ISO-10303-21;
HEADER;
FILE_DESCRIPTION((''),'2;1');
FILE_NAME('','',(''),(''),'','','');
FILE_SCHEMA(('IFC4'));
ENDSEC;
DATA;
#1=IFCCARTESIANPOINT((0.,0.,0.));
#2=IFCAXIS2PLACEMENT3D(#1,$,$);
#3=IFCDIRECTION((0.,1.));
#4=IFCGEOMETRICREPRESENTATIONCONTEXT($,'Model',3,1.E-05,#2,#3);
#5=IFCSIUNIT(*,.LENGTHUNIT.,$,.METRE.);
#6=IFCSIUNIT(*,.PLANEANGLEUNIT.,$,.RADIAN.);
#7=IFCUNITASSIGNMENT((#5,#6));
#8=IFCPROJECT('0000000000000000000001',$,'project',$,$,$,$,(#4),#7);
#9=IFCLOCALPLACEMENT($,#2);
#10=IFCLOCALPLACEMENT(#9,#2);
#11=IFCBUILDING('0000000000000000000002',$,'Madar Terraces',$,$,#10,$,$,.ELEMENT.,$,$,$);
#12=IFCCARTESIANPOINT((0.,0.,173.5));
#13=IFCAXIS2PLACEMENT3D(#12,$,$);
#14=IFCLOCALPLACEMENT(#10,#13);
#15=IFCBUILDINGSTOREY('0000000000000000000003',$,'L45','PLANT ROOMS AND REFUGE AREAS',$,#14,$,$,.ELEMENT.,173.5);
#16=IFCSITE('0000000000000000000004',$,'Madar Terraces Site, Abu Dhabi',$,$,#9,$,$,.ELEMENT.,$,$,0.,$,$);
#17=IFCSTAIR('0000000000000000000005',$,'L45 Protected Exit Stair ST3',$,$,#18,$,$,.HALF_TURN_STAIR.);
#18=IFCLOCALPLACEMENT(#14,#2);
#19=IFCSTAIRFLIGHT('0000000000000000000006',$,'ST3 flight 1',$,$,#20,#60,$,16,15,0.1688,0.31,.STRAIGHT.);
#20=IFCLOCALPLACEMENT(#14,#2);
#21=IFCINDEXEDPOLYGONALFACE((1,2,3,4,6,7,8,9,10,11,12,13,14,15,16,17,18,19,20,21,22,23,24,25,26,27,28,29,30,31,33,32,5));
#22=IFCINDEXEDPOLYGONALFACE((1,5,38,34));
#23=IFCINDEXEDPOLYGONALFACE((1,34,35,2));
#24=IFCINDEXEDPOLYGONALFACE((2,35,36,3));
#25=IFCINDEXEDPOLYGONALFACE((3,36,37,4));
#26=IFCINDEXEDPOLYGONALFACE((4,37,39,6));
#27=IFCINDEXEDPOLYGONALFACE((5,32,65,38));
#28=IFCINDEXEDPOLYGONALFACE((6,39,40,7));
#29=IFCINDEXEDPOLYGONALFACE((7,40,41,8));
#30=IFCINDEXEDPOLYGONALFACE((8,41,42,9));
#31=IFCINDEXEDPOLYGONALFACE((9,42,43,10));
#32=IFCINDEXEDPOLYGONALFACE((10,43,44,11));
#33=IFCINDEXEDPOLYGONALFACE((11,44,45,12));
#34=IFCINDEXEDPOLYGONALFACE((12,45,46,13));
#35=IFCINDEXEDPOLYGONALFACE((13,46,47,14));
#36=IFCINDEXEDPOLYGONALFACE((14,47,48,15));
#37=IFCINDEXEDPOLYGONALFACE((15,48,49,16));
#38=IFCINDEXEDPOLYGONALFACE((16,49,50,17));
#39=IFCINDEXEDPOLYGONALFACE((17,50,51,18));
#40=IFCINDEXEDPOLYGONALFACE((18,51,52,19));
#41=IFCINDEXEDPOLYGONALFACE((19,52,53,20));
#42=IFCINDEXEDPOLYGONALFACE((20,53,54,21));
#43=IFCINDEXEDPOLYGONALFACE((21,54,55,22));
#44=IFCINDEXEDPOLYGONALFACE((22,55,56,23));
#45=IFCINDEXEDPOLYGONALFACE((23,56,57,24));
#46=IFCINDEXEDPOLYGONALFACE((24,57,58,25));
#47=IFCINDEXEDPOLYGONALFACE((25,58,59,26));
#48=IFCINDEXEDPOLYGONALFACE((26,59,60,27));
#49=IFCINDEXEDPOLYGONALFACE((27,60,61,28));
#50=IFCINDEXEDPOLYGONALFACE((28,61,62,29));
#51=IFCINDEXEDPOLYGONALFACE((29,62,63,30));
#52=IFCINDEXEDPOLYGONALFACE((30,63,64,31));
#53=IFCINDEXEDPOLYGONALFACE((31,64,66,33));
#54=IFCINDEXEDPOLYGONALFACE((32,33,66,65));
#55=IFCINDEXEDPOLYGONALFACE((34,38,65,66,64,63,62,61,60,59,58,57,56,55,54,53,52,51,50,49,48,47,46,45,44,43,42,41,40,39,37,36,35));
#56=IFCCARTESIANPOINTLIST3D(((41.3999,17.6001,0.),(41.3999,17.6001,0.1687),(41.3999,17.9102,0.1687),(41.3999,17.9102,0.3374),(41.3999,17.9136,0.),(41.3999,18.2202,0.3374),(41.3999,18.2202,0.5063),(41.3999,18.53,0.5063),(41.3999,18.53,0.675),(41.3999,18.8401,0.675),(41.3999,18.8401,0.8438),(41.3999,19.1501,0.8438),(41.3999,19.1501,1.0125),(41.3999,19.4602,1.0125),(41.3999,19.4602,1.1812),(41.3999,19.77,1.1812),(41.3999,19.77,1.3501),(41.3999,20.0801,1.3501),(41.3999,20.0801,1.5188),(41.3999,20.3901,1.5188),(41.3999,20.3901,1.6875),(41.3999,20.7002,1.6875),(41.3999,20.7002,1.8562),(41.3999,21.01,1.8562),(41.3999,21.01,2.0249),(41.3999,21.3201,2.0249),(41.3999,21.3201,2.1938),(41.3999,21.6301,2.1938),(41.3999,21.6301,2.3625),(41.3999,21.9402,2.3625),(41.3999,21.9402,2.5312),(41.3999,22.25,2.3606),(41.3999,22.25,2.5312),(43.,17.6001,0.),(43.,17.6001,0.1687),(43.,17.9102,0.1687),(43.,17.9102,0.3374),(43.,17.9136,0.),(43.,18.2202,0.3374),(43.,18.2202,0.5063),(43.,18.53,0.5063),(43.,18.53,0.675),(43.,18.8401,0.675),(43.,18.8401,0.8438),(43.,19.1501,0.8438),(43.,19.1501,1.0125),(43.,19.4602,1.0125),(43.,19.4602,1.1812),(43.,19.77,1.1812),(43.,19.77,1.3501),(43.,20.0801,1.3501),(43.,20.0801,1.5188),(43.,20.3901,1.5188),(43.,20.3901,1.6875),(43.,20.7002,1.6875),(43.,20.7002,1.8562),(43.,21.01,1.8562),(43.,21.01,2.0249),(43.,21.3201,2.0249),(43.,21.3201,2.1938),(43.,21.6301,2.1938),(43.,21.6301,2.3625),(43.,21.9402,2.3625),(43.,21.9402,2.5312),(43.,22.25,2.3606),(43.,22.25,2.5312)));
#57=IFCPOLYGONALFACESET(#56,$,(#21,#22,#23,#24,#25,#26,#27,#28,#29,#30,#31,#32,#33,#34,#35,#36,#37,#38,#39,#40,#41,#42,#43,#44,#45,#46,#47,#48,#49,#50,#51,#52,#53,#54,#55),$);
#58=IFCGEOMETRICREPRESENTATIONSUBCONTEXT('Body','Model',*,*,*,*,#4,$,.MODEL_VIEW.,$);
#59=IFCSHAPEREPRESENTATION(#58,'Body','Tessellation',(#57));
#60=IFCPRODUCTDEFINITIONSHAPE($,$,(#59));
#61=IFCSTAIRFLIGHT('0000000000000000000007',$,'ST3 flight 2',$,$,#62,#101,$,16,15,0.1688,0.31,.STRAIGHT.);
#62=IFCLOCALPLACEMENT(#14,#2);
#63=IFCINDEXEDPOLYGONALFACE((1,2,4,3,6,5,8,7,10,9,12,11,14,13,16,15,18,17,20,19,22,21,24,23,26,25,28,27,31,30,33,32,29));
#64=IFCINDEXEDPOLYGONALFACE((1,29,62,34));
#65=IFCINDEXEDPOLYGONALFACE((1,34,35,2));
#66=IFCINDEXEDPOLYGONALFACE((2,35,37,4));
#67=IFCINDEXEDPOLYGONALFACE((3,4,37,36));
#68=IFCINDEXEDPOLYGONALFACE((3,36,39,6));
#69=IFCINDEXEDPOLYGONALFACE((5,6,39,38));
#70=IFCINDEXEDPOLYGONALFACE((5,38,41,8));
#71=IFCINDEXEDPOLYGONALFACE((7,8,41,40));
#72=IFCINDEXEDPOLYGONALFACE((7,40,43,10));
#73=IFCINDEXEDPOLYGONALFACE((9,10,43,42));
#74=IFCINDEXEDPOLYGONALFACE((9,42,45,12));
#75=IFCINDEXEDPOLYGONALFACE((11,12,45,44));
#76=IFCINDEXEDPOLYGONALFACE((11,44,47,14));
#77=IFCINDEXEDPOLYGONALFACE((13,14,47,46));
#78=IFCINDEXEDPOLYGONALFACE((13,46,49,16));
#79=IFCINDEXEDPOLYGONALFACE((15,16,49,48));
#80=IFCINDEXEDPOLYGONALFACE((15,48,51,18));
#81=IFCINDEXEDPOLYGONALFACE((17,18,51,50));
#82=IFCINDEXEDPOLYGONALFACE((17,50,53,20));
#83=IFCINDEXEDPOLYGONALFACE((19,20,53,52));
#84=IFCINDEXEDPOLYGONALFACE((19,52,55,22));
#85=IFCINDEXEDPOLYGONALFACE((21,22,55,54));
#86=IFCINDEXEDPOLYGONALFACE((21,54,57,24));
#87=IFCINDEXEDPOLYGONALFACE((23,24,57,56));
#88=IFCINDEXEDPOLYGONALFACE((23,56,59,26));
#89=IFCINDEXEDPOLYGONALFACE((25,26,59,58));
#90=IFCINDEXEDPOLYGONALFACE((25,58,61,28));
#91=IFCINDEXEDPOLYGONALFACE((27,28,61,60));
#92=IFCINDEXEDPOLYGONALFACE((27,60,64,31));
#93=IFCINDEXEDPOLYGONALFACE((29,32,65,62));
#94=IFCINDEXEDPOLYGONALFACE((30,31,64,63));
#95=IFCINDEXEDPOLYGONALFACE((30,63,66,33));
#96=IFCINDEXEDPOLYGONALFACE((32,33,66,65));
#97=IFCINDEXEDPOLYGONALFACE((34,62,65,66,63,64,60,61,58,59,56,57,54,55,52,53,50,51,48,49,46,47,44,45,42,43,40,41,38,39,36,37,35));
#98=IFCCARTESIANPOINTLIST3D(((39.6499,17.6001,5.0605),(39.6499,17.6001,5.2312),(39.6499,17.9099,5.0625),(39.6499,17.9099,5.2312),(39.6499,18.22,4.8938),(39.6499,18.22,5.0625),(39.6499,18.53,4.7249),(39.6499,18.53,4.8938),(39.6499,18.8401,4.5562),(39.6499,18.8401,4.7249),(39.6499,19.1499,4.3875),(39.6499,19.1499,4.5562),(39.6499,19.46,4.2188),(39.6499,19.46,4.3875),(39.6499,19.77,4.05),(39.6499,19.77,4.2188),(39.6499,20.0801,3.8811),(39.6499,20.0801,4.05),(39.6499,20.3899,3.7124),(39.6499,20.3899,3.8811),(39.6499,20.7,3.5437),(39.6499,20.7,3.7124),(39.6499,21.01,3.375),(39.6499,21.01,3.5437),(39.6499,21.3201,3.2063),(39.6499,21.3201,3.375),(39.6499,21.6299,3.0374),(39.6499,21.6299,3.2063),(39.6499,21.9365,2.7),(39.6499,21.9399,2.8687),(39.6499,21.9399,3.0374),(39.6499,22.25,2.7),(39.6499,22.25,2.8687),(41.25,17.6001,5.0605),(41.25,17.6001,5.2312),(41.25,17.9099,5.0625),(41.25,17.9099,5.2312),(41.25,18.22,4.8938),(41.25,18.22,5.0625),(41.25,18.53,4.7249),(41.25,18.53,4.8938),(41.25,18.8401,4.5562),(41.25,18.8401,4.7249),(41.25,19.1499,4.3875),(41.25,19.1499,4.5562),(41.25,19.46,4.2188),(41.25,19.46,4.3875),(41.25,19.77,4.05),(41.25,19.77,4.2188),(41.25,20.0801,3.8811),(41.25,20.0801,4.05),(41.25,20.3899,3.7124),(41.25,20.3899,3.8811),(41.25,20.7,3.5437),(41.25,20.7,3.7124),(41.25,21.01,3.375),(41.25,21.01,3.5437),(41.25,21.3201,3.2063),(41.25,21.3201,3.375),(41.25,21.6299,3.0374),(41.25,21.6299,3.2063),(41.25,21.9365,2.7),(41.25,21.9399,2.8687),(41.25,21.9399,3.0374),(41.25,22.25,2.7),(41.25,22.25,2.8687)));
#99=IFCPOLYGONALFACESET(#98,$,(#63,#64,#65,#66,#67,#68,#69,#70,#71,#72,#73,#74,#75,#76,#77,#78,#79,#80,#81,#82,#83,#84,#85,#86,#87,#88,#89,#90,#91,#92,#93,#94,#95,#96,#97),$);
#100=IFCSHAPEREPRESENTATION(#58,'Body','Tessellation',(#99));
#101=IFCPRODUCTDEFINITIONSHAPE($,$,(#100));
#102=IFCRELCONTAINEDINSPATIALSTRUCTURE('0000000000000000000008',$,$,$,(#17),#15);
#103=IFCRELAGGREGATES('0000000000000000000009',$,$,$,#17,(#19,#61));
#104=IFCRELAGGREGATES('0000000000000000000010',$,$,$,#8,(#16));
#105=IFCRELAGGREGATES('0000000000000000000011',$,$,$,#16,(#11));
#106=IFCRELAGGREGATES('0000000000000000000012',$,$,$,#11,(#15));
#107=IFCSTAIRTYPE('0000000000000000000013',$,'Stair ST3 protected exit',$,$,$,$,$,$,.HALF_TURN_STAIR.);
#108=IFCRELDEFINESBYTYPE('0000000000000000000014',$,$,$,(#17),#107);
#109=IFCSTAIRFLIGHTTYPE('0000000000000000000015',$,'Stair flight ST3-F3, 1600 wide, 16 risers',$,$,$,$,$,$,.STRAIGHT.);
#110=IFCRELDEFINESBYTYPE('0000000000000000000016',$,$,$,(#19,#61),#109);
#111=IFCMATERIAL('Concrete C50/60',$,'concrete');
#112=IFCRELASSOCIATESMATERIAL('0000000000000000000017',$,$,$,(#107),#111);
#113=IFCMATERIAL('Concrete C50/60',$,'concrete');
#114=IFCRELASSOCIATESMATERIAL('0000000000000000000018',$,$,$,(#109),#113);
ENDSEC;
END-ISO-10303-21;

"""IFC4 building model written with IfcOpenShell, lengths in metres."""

from ifc_helpers import new_model, si_unit, direction, frame, origin, place, context, subcontext, project, spatial, polyline, outline, extrude, material, type_object, element, aggregate, save


model = new_model("IFC4")

# Units and contexts
model_context = context("Model", 3, precision=1e-05, world=origin(), true_north=direction((0.0, 1.0)))
body_context = subcontext(model_context, "Body", "Model", "MODEL_VIEW")
ifc_project = project(units=[si_unit("LENGTHUNIT", "METRE"), si_unit("PLANEANGLEUNIT", "RADIAN")], contexts=[model_context])

# Site, building, storey
site_placement = place(None, origin())
site = spatial("IfcSite", under=ifc_project, at=site_placement, Name="Madar Terraces Site, Abu Dhabi", CompositionType="ELEMENT", RefElevation=0.0)
building_placement = place(site_placement, origin())
building = spatial("IfcBuilding", under=site, at=building_placement, Name="Madar Terraces", CompositionType="ELEMENT")
storey_placement = place(building_placement, frame((0.0, 0.0, 173.5)))
storey = spatial("IfcBuildingStorey", under=building, at=storey_placement, Name="L45", Description="PLANT ROOMS AND REFUGE AREAS", CompositionType="ELEMENT", Elevation=173.5)

# Stair, stair flights
ifc_material_1 = material(Name="Concrete C50/60", Category="concrete")
stair_type = type_object("IfcStairType", Name="Stair ST3 protected exit", PredefinedType="HALF_TURN_STAIR", material=ifc_material_1)
stair_placement = place(storey_placement, origin())
stair = element("IfcStair", 1, at=stair_placement, inside=storey, type_object=stair_type, Name="L45 Protected Exit Stair ST3", PredefinedType="HALF_TURN_STAIR")
ifc_material_2 = material(Name="Concrete C50/60", Category="concrete")
stair_flight_type = type_object("IfcStairFlightType", Name="Stair flight ST3-F3, 1600 wide, 16 risers", PredefinedType="STRAIGHT", material=ifc_material_2)
stair_flight_1_placement = place(storey_placement, frame((42.2, 17.6001, 0.0), z_axis=(0.0, 0.0, 1.0), x_axis=(0.0, 1.0, 0.0)))
stair_flight_1 = element("IfcStairFlight", 2, at=stair_flight_1_placement, type_object=stair_flight_type, Name="ST3 flight 1", NumberOfRisers=16, NumberOfTreads=15, PredefinedType="STRAIGHT", RiserHeight=0.1688, TreadLength=0.31, context=body_context, shape_type="SweptSolid", body=[
    extrude(outline(polyline([(0.0, 0.0), (0.0, 0.1687), (0.3101, 0.1687), (0.3101, 0.3374), (0.6201, 0.3374), (0.6201, 0.5063), (0.9299, 0.5063), (0.9299, 0.675), (1.24, 0.675), (1.24, 0.8438), (1.55, 0.8438), (1.55, 1.0125), (1.8601, 1.0125), (1.8601, 1.1812), (2.1699, 1.1812), (2.1699, 1.3501), (2.48, 1.3501), (2.48, 1.5188), (2.79, 1.5188), (2.79, 1.6875), (3.1001, 1.6875), (3.1001, 1.8562), (3.4099, 1.8562), (3.4099, 2.0249), (3.72, 2.0249), (3.72, 2.1938), (4.03, 2.1938), (4.03, 2.3625), (4.3401, 2.3625), (4.3401, 2.5312), (4.6499, 2.5312), (4.6499, 2.7), (4.6499, 2.3606), (0.3135, 0.0), (0.0, 0.0)])), frame((0.0, 0.8, 0.0), z_axis=(0.0, -1.0, 0.0), x_axis=(1.0, 0.0, 0.0)), (0.0, 0.0, 1.0), 1.6001),
])
stair_flight_2_placement = place(storey_placement, frame((40.45, 22.25, 2.7), z_axis=(0.0, 0.0, 1.0), x_axis=(0.0, -1.0, 0.0)))
stair_flight_2 = element("IfcStairFlight", 3, at=stair_flight_2_placement, type_object=stair_flight_type, Name="ST3 flight 2", NumberOfRisers=16, NumberOfTreads=15, PredefinedType="STRAIGHT", RiserHeight=0.1688, TreadLength=0.31, context=body_context, shape_type="SweptSolid", body=[
    extrude(outline(polyline([(0.0, 0.0), (0.0, 0.1687), (0.3101, 0.1687), (0.3101, 0.3374), (0.6201, 0.3374), (0.6201, 0.5063), (0.9299, 0.5063), (0.9299, 0.675), (1.24, 0.675), (1.24, 0.8438), (1.55, 0.8438), (1.55, 1.0125), (1.8601, 1.0125), (1.8601, 1.1812), (2.1699, 1.1812), (2.1699, 1.3501), (2.48, 1.3501), (2.48, 1.5188), (2.79, 1.5188), (2.79, 1.6875), (3.1001, 1.6875), (3.1001, 1.8562), (3.4099, 1.8562), (3.4099, 2.0249), (3.72, 2.0249), (3.72, 2.1938), (4.03, 2.1938), (4.03, 2.3625), (4.3401, 2.3625), (4.3401, 2.5312), (4.6499, 2.5312), (4.6499, 2.7), (4.6499, 2.3606), (0.3135, 0.0), (0.0, 0.0)])), frame((0.0, 0.8, 0.0), z_axis=(0.0, -1.0, 0.0), x_axis=(1.0, 0.0, 0.0)), (0.0, 0.0, 1.0), 1.6001),
])
aggregate(stair, [stair_flight_1, stair_flight_2])

save(model, "model.ifc")
